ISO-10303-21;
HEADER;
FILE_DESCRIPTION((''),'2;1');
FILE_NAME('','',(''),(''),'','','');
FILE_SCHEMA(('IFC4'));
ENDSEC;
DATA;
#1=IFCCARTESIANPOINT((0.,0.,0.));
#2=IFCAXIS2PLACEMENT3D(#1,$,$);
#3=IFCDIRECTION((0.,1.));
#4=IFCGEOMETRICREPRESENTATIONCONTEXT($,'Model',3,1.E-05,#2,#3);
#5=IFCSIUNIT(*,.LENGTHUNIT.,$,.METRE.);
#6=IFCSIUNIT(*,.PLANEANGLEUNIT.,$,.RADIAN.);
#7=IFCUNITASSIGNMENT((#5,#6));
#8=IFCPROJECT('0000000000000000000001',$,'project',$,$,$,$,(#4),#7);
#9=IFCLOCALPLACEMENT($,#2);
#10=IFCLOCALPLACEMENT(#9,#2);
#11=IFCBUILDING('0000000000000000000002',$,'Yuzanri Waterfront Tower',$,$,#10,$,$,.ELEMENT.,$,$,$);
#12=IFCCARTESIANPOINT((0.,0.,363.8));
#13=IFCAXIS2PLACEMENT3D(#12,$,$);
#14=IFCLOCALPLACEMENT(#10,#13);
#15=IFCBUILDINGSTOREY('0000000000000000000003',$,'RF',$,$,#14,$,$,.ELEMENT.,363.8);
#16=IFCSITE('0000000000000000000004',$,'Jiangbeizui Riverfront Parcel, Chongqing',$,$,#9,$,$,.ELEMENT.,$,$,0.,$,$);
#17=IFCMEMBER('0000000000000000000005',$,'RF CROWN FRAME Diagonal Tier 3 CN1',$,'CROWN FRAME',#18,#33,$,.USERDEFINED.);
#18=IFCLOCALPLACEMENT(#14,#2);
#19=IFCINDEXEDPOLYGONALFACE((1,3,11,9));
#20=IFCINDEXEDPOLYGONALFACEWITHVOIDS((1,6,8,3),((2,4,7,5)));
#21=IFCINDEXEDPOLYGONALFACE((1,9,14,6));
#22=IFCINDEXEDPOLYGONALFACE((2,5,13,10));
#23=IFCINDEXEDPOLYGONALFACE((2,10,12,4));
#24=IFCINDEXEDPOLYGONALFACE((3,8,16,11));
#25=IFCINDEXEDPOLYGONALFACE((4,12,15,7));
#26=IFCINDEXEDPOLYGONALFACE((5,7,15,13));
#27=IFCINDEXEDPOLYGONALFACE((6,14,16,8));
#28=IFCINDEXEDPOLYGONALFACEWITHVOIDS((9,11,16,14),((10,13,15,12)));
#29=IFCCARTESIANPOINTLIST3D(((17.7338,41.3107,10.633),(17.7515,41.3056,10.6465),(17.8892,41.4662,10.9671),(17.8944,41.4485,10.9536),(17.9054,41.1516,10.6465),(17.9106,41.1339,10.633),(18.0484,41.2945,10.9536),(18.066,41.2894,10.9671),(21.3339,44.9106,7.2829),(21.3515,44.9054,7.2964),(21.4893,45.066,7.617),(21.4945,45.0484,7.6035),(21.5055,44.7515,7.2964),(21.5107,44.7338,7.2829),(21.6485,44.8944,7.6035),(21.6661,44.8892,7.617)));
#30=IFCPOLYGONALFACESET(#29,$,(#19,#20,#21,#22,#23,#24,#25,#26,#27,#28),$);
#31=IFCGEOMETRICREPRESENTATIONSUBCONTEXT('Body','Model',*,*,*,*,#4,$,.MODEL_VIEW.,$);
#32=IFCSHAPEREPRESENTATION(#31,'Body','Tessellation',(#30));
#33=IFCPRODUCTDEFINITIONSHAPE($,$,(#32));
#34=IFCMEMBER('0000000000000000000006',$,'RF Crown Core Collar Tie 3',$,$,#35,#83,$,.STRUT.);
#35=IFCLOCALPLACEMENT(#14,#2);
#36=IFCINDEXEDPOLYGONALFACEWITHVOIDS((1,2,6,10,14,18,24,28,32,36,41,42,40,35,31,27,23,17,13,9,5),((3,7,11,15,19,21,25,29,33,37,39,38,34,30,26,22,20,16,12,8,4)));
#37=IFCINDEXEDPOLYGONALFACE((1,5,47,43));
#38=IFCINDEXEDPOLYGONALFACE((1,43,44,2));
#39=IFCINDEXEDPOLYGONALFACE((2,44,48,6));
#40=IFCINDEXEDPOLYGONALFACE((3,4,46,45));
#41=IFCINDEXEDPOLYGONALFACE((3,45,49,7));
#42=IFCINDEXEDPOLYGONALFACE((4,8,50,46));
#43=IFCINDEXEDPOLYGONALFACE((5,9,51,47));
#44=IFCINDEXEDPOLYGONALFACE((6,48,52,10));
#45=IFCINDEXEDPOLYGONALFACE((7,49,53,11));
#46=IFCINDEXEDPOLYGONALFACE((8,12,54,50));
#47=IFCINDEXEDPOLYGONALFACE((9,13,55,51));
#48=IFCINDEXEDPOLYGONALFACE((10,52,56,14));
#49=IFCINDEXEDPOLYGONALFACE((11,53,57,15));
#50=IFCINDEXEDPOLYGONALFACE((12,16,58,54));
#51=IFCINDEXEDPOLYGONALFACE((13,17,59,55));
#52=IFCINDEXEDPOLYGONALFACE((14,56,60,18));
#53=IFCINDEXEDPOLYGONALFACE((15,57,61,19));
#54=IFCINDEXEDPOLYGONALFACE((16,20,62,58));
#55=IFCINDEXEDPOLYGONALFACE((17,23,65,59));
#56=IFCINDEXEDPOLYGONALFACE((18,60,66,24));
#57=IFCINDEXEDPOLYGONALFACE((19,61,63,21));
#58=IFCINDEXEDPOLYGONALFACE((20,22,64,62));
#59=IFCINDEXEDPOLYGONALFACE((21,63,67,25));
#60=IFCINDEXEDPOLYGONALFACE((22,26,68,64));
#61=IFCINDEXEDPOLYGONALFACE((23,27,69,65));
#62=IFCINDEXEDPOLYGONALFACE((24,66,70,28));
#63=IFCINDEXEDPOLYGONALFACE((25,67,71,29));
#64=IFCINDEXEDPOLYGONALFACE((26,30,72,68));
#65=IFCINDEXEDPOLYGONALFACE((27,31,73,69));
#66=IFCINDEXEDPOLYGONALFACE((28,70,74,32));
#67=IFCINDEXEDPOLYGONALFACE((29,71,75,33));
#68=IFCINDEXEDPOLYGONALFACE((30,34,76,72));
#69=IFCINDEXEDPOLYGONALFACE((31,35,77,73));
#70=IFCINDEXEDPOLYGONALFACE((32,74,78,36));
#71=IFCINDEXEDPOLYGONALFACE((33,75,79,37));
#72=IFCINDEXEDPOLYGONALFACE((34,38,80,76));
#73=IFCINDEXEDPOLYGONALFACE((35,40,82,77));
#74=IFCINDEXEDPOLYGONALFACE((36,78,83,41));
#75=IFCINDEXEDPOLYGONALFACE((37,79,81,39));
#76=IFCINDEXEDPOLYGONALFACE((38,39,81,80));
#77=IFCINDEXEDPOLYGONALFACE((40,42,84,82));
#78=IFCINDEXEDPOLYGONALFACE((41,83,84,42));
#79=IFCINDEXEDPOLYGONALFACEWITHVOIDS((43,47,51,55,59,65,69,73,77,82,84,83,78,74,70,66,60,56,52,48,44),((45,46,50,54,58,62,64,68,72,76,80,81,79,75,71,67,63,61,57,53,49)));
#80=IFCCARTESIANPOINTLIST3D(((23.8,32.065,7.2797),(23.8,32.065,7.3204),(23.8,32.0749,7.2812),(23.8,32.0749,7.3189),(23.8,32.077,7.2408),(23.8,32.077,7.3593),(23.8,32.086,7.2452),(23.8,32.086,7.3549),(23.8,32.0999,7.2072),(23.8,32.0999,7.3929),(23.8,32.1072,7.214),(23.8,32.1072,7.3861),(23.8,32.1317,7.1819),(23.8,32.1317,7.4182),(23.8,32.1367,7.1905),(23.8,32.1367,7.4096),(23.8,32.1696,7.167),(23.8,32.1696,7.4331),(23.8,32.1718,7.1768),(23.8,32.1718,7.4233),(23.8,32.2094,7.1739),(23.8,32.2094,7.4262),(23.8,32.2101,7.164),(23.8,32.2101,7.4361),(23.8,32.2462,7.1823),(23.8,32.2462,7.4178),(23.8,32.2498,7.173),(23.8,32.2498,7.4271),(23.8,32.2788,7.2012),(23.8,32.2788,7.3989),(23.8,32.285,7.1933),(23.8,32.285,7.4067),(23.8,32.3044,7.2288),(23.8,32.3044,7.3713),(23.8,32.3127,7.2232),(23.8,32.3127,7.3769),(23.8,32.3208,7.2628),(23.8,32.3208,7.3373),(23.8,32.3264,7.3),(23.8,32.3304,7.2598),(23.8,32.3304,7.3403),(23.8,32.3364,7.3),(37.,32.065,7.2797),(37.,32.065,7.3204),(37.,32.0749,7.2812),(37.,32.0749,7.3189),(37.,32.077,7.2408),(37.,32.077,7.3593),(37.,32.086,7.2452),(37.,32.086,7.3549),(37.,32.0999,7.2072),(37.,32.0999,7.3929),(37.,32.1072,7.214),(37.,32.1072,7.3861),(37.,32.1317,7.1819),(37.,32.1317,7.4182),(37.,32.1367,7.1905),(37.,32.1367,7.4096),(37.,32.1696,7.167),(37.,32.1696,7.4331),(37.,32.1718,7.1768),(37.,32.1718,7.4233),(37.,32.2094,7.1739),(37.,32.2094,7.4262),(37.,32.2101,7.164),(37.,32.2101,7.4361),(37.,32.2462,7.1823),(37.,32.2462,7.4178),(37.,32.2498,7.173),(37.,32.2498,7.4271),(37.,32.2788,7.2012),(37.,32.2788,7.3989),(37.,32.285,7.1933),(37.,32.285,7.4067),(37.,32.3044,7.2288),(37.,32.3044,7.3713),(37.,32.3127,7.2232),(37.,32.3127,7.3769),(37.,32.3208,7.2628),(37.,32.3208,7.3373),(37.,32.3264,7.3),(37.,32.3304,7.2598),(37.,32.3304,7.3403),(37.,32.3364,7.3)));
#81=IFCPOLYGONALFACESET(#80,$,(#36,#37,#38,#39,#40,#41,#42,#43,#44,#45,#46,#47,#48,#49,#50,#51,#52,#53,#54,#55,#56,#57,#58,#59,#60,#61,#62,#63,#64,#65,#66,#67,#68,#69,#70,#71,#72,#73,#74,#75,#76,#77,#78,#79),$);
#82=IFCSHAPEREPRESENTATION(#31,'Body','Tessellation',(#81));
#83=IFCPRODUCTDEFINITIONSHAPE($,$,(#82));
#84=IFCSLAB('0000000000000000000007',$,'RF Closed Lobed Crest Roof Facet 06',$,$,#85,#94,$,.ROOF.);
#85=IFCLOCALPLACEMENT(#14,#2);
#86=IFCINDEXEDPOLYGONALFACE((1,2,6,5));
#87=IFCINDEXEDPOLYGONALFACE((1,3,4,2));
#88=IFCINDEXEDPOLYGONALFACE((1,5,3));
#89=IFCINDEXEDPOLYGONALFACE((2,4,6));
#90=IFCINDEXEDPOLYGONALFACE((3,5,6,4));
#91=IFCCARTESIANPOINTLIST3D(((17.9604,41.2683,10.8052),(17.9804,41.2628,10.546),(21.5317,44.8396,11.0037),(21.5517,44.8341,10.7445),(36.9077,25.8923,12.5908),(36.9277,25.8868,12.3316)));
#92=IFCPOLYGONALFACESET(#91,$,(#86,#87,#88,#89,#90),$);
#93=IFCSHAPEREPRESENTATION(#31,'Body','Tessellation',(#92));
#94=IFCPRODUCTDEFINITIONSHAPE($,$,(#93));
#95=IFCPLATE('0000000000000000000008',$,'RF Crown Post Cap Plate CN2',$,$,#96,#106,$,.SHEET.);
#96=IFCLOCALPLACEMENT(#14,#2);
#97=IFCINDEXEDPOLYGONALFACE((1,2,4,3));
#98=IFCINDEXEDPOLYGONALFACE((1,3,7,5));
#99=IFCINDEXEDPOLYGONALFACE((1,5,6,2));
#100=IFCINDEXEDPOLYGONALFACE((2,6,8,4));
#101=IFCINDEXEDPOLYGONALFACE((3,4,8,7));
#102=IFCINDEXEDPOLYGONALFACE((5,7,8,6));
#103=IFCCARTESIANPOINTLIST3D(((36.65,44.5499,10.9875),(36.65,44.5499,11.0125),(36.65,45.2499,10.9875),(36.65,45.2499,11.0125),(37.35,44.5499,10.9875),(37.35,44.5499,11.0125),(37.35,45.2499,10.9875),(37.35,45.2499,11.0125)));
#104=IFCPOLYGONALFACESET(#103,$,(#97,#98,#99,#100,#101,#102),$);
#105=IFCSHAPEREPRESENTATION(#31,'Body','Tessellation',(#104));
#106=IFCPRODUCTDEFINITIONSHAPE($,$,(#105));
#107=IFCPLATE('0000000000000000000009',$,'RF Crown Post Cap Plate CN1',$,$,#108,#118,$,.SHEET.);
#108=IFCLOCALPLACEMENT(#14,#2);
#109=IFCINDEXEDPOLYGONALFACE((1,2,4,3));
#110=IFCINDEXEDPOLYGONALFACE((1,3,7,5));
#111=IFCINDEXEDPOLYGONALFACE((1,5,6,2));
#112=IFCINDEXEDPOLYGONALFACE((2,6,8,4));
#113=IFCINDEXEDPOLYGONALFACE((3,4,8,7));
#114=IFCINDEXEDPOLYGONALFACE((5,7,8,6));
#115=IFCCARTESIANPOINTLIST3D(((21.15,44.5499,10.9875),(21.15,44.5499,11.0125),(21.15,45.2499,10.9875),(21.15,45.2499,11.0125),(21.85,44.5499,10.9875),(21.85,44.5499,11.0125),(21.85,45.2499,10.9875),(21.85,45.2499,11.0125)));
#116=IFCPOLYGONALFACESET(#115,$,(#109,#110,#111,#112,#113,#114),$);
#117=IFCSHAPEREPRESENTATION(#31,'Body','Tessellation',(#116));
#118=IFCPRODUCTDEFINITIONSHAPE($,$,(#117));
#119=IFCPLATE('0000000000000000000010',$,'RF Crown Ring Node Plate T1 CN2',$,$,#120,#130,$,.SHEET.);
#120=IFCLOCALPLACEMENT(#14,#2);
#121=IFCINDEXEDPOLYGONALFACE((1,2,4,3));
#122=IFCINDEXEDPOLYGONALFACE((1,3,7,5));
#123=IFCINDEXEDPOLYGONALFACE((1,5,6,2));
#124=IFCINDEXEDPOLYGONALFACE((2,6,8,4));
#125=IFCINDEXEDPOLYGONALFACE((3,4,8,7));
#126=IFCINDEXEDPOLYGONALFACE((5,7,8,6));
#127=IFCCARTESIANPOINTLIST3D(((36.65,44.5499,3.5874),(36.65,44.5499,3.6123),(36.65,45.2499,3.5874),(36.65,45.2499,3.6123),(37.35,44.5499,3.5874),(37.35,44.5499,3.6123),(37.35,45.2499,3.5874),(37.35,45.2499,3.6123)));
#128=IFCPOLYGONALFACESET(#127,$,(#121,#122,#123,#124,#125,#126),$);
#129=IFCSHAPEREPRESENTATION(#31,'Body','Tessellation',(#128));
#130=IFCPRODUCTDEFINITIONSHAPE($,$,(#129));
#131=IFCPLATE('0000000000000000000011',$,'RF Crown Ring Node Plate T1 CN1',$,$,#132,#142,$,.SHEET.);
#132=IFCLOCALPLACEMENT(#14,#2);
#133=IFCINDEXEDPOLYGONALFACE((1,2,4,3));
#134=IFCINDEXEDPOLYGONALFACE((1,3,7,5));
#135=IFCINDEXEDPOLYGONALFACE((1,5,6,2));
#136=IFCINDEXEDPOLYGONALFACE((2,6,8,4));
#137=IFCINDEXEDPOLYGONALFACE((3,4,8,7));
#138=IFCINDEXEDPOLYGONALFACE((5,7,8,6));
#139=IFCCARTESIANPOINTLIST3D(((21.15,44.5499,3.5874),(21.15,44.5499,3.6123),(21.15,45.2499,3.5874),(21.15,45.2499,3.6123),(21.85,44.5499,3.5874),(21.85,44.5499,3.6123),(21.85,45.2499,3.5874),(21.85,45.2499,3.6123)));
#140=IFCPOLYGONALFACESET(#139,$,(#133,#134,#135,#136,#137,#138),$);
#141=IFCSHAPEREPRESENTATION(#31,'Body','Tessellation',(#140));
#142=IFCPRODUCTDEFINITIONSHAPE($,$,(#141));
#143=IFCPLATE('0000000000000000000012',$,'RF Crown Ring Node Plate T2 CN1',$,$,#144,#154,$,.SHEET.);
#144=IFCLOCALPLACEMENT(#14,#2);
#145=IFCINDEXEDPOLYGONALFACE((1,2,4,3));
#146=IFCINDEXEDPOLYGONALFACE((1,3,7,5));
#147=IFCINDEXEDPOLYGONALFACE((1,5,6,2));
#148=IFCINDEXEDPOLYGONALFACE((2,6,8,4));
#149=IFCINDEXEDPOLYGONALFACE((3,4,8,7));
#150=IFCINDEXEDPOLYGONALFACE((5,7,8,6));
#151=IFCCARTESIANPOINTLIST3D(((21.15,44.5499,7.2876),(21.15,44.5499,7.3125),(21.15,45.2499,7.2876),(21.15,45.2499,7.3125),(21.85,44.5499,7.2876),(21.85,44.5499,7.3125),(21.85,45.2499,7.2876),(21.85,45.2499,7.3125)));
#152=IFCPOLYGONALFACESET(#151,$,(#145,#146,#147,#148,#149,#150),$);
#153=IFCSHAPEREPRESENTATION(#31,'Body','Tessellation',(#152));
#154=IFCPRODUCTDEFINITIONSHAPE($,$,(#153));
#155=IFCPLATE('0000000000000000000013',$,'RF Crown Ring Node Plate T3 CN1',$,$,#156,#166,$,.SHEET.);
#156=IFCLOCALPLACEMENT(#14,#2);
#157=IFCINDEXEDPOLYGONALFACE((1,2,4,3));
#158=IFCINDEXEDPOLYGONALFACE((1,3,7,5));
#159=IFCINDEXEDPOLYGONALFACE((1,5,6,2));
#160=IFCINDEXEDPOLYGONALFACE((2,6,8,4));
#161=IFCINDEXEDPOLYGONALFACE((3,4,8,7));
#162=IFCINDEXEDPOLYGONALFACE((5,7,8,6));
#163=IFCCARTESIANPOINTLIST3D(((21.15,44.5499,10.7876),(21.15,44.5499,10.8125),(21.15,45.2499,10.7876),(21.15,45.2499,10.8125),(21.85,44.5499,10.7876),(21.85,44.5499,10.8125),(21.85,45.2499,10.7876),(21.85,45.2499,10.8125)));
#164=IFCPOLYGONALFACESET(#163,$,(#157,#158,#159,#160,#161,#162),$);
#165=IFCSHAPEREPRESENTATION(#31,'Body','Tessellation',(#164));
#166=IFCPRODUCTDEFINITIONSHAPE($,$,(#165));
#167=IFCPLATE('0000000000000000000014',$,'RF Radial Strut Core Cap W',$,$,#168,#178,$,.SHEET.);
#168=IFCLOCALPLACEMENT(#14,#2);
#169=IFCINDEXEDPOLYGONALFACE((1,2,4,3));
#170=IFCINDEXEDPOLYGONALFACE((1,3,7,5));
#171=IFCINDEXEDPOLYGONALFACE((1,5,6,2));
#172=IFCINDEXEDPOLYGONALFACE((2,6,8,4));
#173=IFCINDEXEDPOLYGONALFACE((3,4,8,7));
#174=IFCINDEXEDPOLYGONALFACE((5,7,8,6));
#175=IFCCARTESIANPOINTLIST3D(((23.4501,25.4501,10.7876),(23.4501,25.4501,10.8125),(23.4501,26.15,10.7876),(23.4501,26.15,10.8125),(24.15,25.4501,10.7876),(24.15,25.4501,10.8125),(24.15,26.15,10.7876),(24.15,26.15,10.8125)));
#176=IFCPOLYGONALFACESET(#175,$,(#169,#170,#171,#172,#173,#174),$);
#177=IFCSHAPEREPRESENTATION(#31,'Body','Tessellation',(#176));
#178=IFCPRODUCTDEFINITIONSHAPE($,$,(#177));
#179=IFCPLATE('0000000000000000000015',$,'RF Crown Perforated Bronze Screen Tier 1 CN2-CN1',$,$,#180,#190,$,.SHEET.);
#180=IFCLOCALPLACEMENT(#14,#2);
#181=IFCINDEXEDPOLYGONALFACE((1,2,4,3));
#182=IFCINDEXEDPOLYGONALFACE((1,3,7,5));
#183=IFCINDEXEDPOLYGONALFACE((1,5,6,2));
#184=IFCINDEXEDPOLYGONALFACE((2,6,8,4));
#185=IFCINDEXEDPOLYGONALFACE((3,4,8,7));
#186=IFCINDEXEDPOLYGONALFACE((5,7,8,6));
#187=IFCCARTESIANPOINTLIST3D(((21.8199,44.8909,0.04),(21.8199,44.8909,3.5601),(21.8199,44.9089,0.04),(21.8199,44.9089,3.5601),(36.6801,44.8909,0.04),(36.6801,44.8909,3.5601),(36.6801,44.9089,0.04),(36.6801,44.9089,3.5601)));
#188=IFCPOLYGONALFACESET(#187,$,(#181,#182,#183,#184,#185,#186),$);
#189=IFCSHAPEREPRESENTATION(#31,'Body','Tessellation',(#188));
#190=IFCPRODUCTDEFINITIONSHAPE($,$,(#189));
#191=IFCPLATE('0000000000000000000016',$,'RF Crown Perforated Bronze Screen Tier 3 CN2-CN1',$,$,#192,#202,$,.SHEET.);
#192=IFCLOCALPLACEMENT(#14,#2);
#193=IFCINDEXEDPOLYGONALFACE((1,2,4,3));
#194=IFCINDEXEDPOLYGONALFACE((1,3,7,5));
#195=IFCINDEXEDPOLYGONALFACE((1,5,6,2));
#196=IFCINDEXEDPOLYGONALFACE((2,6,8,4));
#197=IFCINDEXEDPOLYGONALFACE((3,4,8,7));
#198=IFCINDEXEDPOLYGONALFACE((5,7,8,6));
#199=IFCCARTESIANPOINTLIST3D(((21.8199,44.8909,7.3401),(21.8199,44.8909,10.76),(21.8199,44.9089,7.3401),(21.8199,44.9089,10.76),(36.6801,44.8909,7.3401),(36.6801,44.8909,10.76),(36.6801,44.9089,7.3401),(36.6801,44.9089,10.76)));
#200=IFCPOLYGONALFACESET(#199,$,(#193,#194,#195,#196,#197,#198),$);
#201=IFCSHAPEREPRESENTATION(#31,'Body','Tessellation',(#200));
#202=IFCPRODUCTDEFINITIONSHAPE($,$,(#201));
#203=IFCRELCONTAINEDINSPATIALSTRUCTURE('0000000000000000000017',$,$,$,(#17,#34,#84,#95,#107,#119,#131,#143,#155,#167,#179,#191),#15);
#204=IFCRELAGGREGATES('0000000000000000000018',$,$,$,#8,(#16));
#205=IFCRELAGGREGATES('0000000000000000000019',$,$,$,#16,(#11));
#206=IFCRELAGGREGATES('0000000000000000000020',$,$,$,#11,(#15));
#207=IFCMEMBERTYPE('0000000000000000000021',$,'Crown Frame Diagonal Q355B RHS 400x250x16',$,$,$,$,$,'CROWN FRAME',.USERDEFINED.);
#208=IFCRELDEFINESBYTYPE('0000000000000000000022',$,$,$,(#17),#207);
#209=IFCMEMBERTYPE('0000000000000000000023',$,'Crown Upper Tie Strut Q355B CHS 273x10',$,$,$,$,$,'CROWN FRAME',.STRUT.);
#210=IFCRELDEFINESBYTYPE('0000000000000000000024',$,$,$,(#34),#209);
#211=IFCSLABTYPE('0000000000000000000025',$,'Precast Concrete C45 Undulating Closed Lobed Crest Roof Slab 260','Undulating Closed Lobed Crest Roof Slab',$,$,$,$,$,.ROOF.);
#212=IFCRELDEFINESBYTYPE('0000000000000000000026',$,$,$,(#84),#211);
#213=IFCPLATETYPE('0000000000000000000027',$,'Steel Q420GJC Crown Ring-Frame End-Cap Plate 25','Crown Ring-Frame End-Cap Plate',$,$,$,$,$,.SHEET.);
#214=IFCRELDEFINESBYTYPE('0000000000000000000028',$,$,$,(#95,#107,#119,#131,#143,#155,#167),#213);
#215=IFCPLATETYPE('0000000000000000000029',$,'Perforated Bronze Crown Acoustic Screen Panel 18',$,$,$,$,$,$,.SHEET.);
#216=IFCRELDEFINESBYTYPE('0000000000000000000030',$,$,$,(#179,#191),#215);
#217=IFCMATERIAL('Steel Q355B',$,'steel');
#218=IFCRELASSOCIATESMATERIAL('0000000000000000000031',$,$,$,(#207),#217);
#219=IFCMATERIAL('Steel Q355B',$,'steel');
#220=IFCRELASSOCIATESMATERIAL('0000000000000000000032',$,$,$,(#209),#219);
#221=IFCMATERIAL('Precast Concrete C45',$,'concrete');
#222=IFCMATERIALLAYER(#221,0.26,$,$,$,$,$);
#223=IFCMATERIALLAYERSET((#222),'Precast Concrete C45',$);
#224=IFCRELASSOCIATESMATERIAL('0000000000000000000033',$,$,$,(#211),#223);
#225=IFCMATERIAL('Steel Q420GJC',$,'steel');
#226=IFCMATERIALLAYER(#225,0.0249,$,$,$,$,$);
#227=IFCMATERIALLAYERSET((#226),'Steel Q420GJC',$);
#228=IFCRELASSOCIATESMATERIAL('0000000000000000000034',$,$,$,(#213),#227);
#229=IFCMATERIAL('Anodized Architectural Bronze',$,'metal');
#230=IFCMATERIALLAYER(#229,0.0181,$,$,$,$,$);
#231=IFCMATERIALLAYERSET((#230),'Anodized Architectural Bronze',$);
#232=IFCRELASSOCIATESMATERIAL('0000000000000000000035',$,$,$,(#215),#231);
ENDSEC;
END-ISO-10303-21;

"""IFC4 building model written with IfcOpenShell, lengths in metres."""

from ifc_helpers import new_model, si_unit, direction, frame, origin, origin_2d, place, context, subcontext, project, spatial, polyline, rectangle, hollow_rectangle, hollow_circle, outline, extrude, source, transform, mapped, material, layer, layer_set, material_profile, profile_set, type_object, element, save


model = new_model("IFC4")

# Units and contexts
model_context = context("Model", 3, precision=1e-05, world=origin(), true_north=direction((0.0, 1.0)))
body_context = subcontext(model_context, "Body", "Model", "MODEL_VIEW")
ifc_project = project(units=[si_unit("LENGTHUNIT", "METRE"), si_unit("PLANEANGLEUNIT", "RADIAN")], contexts=[model_context])

# Site, building, storey
site_placement = place(None, origin())
site = spatial("IfcSite", under=ifc_project, at=site_placement, Name="Jiangbeizui Riverfront Parcel, Chongqing", CompositionType="ELEMENT", RefElevation=0.0)
building_placement = place(site_placement, origin())
building = spatial("IfcBuilding", under=site, at=building_placement, Name="Yuzanri Waterfront Tower", CompositionType="ELEMENT")
storey_placement = place(building_placement, frame((0.0, 0.0, 363.8)))
storey = spatial("IfcBuildingStorey", under=building, at=storey_placement, Name="RF", CompositionType="ELEMENT", Elevation=363.8)

# Members
ifc_material_1 = material(Name="Steel Q355B", Category="steel")
ifc_material_profile_1 = material_profile(ifc_material_1, hollow_rectangle(XDim=0.25, YDim=0.3999, WallThickness=0.0161, at=origin_2d()), Name="RHS 400x250x16")
ifc_profile_set_1 = profile_set([ifc_material_profile_1], Name="Steel Q355B")
member_type_1 = type_object("IfcMemberType", Name="Crown Frame Diagonal Q355B RHS 400x250x16", ElementType="CROWN FRAME", PredefinedType="USERDEFINED", material=ifc_profile_set_1)
shared_shape_1 = source(origin(), body_context, "Body", "SweptSolid", [
    extrude(hollow_rectangle(XDim=0.25, YDim=0.3999, WallThickness=0.0161, at=origin_2d()), origin(), (0.0, 0.0, 1.0), 6.0945),
])
member_1_placement = place(storey_placement, frame((21.5, 44.8999, 7.45), z_axis=(-0.590714, -0.590674, 0.549693), x_axis=(0.707083, -0.707131, 0.0)))
element("IfcMember", 1, at=member_1_placement, inside=storey, type_object=member_type_1, Name="RF CROWN FRAME Diagonal Tier 3 CN1", ObjectType="CROWN FRAME", PredefinedType="USERDEFINED", context=body_context, shape_type="MappedRepresentation", body=[
    mapped(shared_shape_1, transform((0.0, 0.0, 0.0), scale=1.0)),
])
ifc_material_2 = material(Name="Steel Q355B", Category="steel")
ifc_material_profile_2 = material_profile(ifc_material_2, hollow_circle(Radius=0.1365, WallThickness=0.01, at=origin_2d()), Name="CHS 273x10")
ifc_profile_set_2 = profile_set([ifc_material_profile_2], Name="Steel Q355B")
member_type_2 = type_object("IfcMemberType", Name="Crown Upper Tie Strut Q355B CHS 273x10", ElementType="CROWN FRAME", PredefinedType="STRUT", material=ifc_profile_set_2)
shared_shape_2 = source(origin(), body_context, "Body", "SweptSolid", [
    extrude(hollow_circle(Radius=0.1365, WallThickness=0.01, at=origin_2d()), origin(), (0.0, 0.0, 1.0), 13.2),
])
member_2_placement = place(storey_placement, frame((23.8, 32.2, 7.3), z_axis=(1.0, 0.0, 0.0), x_axis=(0.0, 1.0, 0.0)))
element("IfcMember", 2, at=member_2_placement, inside=storey, type_object=member_type_2, Name="RF Crown Core Collar Tie 3", PredefinedType="STRUT", context=body_context, shape_type="MappedRepresentation", body=[
    mapped(shared_shape_2, transform((0.0, 0.0, 0.0), scale=1.0)),
])

# Slab
ifc_material_3 = material(Name="Precast Concrete C45", Category="concrete")
ifc_layer_1 = layer(ifc_material_3, 0.26)
ifc_layer_set_1 = layer_set([ifc_layer_1], Name="Precast Concrete C45")
slab_type = type_object("IfcSlabType", Name="Precast Concrete C45 Undulating Closed Lobed Crest Roof Slab 260", Description="Undulating Closed Lobed Crest Roof Slab", PredefinedType="ROOF", material=ifc_layer_set_1)
slab_placement = place(storey_placement, frame((21.5317, 44.8396, 11.0037), z_axis=(-0.076678, 0.021276, 0.996829), x_axis=(-0.706561, -0.706561, -0.03927)))
element("IfcSlab", 3, at=slab_placement, inside=storey, type_object=slab_type, Name="RF Closed Lobed Crest Roof Facet 06", PredefinedType="ROOF", context=body_context, shape_type="SweptSolid", body=[
    extrude(outline(polyline([(0.0, 0.0), (5.0545, 0.0), (2.461, 24.3286), (0.0, 0.0)])), origin(), (0.0, 0.0, -1.0), 0.26),
])

# Plates
ifc_material_4 = material(Name="Steel Q420GJC", Category="steel")
ifc_layer_2 = layer(ifc_material_4, 0.0249)
ifc_layer_set_2 = layer_set([ifc_layer_2], Name="Steel Q420GJC")
plate_type_1 = type_object("IfcPlateType", Name="Steel Q420GJC Crown Ring-Frame End-Cap Plate 25", Description="Crown Ring-Frame End-Cap Plate", PredefinedType="SHEET", material=ifc_layer_set_2)
shared_shape_3 = source(origin(), body_context, "Body", "SweptSolid", [
    extrude(rectangle(XDim=0.7, YDim=0.7, at=origin_2d()), origin(), (0.0, 0.0, 1.0), 0.0249),
])
for number, where, z_axis, x_axis, name in (
    (4, (37.0, 44.8999, 10.9875), (0.0, 0.0, 1.0), (1.0, 0.0, 0.0), "RF Crown Post Cap Plate CN2"),
    (5, (21.5, 44.8999, 10.9875), (0.0, 0.0, 1.0), (1.0, 0.0, 0.0), "RF Crown Post Cap Plate CN1"),
    (6, (37.0, 44.8999, 3.5874), (0.0, 0.0, 1.0), (1.0, 0.0, 0.0), "RF Crown Ring Node Plate T1 CN2"),
    (7, (21.5, 44.8999, 3.5874), (0.0, 0.0, 1.0), (1.0, 0.0, 0.0), "RF Crown Ring Node Plate T1 CN1"),
    (8, (21.5, 44.8999, 7.2876), (0.0, 0.0, 1.0), (1.0, 0.0, 0.0), "RF Crown Ring Node Plate T2 CN1"),
    (9, (21.5, 44.8999, 10.7876), (0.0, 0.0, 1.0), (1.0, 0.0, 0.0), "RF Crown Ring Node Plate T3 CN1"),
    (10, (23.8, 25.8, 10.7876), (0.0, 0.0, 1.0), (1.0, 0.0, 0.0), "RF Radial Strut Core Cap W"),
):
    element("IfcPlate", number, at=place(storey_placement, frame(where, z_axis=z_axis, x_axis=x_axis)), inside=storey, type_object=plate_type_1, Name=name, PredefinedType="SHEET", context=body_context, shape_type="MappedRepresentation", body=[
        mapped(shared_shape_3, transform((0.0, 0.0, 0.0), scale=1.0)),
    ])
ifc_material_5 = material(Name="Anodized Architectural Bronze", Category="metal")
ifc_layer_3 = layer(ifc_material_5, 0.0181)
ifc_layer_set_3 = layer_set([ifc_layer_3], Name="Anodized Architectural Bronze")
plate_type_2 = type_object("IfcPlateType", Name="Perforated Bronze Crown Acoustic Screen Panel 18", PredefinedType="SHEET", material=ifc_layer_set_3)
shared_shape_4 = source(origin(), body_context, "Body", "SweptSolid", [
    extrude(rectangle(XDim=14.8601, YDim=0.0181, at=origin_2d()), origin(), (0.0, 0.0, 1.0), 3.52),
])
plate_1_placement = place(storey_placement, frame((29.25, 44.8999, 0.04), z_axis=(0.0, 0.0, 1.0), x_axis=(-1.0, 0.0, 0.0)))
element("IfcPlate", 11, at=plate_1_placement, inside=storey, type_object=plate_type_2, Name="RF Crown Perforated Bronze Screen Tier 1 CN2-CN1", PredefinedType="SHEET", context=body_context, shape_type="MappedRepresentation", body=[
    mapped(shared_shape_4, transform((0.0, 0.0, 0.0), scale=1.0)),
])
shared_shape_5 = source(origin(), body_context, "Body", "SweptSolid", [
    extrude(rectangle(XDim=14.8601, YDim=0.0181, at=origin_2d()), origin(), (0.0, 0.0, 1.0), 3.4199),
])
plate_2_placement = place(storey_placement, frame((29.25, 44.8999, 7.3401), z_axis=(0.0, 0.0, 1.0), x_axis=(-1.0, 0.0, 0.0)))
element("IfcPlate", 12, at=plate_2_placement, inside=storey, type_object=plate_type_2, Name="RF Crown Perforated Bronze Screen Tier 3 CN2-CN1", PredefinedType="SHEET", context=body_context, shape_type="MappedRepresentation", body=[
    mapped(shared_shape_5, transform((0.0, 0.0, 0.0), scale=1.0)),
])

save(model, "model.ifc")
